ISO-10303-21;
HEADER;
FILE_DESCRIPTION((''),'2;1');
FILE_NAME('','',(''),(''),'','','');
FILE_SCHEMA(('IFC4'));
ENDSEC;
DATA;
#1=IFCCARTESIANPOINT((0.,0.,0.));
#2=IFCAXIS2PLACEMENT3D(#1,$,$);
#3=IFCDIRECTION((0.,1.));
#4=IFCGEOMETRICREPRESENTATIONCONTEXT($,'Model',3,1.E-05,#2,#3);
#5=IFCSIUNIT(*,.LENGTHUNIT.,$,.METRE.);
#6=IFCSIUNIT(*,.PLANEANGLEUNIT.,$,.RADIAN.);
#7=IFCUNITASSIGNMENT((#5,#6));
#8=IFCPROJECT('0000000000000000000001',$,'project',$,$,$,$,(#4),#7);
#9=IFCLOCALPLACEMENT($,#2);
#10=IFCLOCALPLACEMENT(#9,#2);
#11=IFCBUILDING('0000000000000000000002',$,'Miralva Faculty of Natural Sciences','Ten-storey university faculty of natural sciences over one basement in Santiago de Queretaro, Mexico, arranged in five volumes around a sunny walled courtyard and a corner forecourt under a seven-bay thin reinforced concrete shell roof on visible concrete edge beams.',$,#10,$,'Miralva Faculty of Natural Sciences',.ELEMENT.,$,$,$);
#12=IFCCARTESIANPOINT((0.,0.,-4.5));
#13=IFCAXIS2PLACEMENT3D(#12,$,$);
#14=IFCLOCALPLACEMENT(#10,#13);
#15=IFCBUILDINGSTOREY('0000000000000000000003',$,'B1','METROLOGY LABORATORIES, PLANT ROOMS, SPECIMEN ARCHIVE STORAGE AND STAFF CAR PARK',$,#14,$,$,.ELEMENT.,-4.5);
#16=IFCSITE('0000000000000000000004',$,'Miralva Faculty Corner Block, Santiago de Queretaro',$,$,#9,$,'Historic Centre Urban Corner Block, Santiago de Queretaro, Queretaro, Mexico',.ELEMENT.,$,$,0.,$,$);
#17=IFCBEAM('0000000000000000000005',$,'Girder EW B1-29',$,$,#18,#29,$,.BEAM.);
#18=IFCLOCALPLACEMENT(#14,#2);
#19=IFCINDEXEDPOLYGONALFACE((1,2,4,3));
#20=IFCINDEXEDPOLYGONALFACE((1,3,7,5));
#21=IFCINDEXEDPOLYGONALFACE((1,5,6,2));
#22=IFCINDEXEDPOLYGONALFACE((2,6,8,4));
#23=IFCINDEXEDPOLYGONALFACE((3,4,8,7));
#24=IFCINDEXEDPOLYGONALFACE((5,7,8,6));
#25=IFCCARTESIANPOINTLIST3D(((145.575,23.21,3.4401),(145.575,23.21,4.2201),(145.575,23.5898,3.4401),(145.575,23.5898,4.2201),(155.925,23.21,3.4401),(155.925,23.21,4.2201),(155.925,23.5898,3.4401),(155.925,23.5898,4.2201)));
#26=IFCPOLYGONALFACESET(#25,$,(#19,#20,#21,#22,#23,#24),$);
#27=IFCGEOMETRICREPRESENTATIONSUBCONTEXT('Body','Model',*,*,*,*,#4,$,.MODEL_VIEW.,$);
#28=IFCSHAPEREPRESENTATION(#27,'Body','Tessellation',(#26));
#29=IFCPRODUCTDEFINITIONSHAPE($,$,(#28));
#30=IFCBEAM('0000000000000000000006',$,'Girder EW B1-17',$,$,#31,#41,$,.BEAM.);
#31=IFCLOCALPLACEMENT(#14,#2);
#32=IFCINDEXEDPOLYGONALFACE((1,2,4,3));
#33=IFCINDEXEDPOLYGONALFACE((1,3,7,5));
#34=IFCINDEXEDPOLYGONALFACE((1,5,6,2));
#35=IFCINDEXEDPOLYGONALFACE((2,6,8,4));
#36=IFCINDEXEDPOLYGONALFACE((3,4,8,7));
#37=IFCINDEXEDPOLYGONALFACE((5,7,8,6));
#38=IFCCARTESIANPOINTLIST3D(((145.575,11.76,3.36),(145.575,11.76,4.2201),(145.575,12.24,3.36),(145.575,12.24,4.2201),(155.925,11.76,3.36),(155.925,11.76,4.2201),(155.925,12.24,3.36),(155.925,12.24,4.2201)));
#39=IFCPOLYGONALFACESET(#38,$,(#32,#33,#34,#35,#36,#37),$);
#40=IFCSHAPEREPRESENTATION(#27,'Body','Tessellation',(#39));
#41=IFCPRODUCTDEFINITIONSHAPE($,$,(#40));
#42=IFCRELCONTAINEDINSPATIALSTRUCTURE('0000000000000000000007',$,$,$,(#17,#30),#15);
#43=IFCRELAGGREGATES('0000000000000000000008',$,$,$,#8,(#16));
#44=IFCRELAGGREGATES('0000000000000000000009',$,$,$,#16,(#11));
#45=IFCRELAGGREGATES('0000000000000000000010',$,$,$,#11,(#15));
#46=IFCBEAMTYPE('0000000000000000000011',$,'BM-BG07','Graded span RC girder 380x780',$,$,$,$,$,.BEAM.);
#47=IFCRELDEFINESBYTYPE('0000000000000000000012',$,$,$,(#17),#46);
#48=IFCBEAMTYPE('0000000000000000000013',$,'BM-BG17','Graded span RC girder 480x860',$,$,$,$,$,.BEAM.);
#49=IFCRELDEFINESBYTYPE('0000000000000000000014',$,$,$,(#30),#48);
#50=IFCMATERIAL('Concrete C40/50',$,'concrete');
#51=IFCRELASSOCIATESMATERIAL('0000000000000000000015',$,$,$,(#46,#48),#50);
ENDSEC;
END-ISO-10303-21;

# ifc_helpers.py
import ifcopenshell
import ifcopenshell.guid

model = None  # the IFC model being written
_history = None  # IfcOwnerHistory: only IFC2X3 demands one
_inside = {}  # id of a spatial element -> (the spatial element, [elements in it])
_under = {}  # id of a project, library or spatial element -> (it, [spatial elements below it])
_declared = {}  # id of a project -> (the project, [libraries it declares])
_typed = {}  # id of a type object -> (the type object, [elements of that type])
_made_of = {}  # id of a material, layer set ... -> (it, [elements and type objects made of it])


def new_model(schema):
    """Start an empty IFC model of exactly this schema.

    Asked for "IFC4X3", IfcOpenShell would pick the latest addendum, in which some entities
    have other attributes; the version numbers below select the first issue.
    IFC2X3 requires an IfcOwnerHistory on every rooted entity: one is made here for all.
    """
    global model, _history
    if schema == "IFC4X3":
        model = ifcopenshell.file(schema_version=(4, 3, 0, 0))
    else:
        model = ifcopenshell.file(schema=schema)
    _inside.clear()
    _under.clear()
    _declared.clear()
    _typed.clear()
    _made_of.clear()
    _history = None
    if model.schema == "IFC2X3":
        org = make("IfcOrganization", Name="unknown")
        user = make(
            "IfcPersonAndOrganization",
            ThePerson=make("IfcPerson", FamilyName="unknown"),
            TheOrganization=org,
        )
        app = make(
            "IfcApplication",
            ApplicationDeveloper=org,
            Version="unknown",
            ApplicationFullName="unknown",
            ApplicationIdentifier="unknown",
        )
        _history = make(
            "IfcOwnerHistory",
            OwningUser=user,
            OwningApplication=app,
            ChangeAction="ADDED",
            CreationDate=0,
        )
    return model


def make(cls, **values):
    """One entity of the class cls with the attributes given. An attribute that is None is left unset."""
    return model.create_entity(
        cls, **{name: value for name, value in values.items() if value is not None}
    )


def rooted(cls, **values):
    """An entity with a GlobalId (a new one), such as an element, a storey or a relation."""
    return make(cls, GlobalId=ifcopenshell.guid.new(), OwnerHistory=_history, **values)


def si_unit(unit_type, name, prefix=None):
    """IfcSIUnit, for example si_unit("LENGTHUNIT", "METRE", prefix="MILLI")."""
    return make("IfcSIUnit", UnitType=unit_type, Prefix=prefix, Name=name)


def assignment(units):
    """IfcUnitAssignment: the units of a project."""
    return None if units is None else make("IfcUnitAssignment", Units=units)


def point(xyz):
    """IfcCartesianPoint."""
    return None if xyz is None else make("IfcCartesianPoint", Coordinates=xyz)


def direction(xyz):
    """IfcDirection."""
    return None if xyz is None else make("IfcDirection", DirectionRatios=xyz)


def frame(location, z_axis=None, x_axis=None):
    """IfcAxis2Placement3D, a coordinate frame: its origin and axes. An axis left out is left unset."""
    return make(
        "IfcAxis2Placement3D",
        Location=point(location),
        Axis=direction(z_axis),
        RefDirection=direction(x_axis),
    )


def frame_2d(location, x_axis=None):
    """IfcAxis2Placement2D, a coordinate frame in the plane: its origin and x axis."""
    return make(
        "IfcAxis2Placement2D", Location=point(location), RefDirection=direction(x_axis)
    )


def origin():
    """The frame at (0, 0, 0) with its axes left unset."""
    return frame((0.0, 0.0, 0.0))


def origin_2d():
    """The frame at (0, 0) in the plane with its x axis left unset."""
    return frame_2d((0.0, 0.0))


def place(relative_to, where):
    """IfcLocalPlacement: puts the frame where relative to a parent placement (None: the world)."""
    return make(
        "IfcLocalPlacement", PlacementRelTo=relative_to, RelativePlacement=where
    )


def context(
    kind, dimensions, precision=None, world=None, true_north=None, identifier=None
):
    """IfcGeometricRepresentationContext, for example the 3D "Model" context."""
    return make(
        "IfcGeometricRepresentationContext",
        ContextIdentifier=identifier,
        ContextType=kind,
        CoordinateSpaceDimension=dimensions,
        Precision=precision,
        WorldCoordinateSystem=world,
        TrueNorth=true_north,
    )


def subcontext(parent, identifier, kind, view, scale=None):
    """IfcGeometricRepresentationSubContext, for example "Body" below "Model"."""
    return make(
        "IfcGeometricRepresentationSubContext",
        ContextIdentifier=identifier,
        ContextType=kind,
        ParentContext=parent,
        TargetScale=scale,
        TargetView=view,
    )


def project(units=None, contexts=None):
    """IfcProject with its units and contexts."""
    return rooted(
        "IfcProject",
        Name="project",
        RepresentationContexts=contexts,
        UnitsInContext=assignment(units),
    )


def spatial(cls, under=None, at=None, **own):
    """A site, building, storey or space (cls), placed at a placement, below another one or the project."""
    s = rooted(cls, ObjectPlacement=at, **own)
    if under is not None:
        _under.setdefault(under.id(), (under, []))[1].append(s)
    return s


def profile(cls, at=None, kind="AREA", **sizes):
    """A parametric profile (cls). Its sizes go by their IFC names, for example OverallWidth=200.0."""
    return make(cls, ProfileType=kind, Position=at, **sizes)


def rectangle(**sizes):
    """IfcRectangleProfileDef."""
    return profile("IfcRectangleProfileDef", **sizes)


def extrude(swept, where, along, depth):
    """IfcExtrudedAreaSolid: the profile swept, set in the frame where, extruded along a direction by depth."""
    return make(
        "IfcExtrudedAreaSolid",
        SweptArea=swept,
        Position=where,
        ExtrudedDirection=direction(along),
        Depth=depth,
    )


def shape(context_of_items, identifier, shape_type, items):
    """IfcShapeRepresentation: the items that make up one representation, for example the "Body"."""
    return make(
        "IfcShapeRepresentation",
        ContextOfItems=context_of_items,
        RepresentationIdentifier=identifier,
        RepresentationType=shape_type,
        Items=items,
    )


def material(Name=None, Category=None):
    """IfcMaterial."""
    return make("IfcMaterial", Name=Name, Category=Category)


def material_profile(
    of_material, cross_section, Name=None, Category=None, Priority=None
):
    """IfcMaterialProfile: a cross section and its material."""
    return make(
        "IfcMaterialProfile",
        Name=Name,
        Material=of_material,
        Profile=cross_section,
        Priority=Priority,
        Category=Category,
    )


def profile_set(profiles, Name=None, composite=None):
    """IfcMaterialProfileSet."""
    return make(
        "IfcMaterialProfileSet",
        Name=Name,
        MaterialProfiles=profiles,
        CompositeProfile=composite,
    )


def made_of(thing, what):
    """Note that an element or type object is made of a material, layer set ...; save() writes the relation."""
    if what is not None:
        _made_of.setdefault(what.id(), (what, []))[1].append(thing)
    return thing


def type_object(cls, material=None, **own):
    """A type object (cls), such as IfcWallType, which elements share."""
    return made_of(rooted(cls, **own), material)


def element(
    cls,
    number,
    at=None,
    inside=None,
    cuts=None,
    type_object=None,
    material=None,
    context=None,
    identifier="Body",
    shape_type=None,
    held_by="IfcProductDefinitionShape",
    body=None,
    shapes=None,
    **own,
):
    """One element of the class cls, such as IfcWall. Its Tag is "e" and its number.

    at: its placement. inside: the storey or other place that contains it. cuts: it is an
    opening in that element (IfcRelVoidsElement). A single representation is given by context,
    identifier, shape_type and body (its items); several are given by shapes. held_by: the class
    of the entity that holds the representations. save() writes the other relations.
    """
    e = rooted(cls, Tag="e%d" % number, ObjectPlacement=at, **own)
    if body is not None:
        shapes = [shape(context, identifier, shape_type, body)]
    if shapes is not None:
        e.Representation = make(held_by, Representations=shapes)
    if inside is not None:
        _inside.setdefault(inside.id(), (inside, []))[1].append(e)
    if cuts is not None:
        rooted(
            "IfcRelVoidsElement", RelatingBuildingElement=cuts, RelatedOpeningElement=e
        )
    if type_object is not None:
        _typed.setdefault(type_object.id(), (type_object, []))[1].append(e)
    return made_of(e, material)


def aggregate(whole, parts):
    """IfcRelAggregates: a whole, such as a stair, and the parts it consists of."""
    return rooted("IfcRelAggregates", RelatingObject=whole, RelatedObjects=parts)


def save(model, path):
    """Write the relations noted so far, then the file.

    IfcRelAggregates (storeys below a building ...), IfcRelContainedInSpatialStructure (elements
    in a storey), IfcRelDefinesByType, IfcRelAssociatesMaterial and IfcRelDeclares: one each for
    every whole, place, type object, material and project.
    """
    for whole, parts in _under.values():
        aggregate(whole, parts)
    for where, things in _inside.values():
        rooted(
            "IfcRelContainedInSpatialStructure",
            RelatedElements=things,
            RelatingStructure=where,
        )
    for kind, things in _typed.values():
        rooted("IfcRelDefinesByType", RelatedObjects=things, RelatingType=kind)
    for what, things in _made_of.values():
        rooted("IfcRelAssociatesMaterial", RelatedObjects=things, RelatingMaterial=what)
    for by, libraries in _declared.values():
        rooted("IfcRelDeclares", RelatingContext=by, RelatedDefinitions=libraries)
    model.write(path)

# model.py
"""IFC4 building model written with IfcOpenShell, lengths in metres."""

from ifc_helpers import new_model, si_unit, direction, frame, origin, origin_2d, place, context, subcontext, project, spatial, rectangle, extrude, material, material_profile, profile_set, type_object, element, save


model = new_model("IFC4")

# Units and contexts
model_context = context("Model", 3, precision=1e-05, world=origin(), true_north=direction((0.0, 1.0)))
body_context = subcontext(model_context, "Body", "Model", "MODEL_VIEW")
ifc_project = project(units=[si_unit("LENGTHUNIT", "METRE"), si_unit("PLANEANGLEUNIT", "RADIAN")], contexts=[model_context])

# Site, building, storey
site_placement = place(None, origin())
site = spatial("IfcSite", under=ifc_project, at=site_placement, Name="Miralva Faculty Corner Block, Santiago de Queretaro", LongName="Historic Centre Urban Corner Block, Santiago de Queretaro, Queretaro, Mexico", CompositionType="ELEMENT", RefElevation=0.0)
building_placement = place(site_placement, origin())
building = spatial("IfcBuilding", under=site, at=building_placement, Name="Miralva Faculty of Natural Sciences", Description="Ten-storey university faculty of natural sciences over one basement in Santiago de Queretaro, Mexico, arranged in five volumes around a sunny walled courtyard and a corner forecourt under a seven-bay thin reinforced concrete shell roof on visible concrete edge beams.", LongName="Miralva Faculty of Natural Sciences", CompositionType="ELEMENT")
storey_placement = place(building_placement, frame((0.0, 0.0, -4.5)))
storey = spatial("IfcBuildingStorey", under=building, at=storey_placement, Name="B1", Description="METROLOGY LABORATORIES, PLANT ROOMS, SPECIMEN ARCHIVE STORAGE AND STAFF CAR PARK", CompositionType="ELEMENT", Elevation=-4.5)

# Shared definitions
ifc_material_1 = material(Name="Concrete C40/50", Category="concrete")

# Beams
ifc_material_profile_1 = material_profile(ifc_material_1, rectangle(XDim=0.3799, YDim=0.78, at=origin_2d()), Name="RC 380x780")
ifc_profile_set_1 = profile_set([ifc_material_profile_1], Name="Concrete C40/50")
beam_type_1 = type_object("IfcBeamType", Name="BM-BG07", Description="Graded span RC girder 380x780", PredefinedType="BEAM", material=ifc_profile_set_1)
beam_1_placement = place(storey_placement, frame((145.575, 23.3999, 3.8301), z_axis=(1.0, 0.0, 0.0), x_axis=(0.0, 1.0, 0.0)))
element("IfcBeam", 1, at=beam_1_placement, inside=storey, type_object=beam_type_1, Name="Girder EW B1-29", PredefinedType="BEAM", context=body_context, shape_type="SweptSolid", body=[
    extrude(rectangle(XDim=0.3799, YDim=0.78, at=origin_2d()), origin(), (0.0, 0.0, 1.0), 10.3501),
])
ifc_material_profile_2 = material_profile(ifc_material_1, rectangle(XDim=0.48, YDim=0.8601, at=origin_2d()), Name="RC 480x860")
ifc_profile_set_2 = profile_set([ifc_material_profile_2], Name="Concrete C40/50")
beam_type_2 = type_object("IfcBeamType", Name="BM-BG17", Description="Graded span RC girder 480x860", PredefinedType="BEAM", material=ifc_profile_set_2)
beam_2_placement = place(storey_placement, frame((145.575, 12.0, 3.79), z_axis=(1.0, 0.0, 0.0), x_axis=(0.0, 1.0, 0.0)))
element("IfcBeam", 2, at=beam_2_placement, inside=storey, type_object=beam_type_2, Name="Girder EW B1-17", PredefinedType="BEAM", context=body_context, shape_type="SweptSolid", body=[
    extrude(rectangle(XDim=0.48, YDim=0.8601, at=origin_2d()), origin(), (0.0, 0.0, 1.0), 10.3501),
])

save(model, "model.ifc")
